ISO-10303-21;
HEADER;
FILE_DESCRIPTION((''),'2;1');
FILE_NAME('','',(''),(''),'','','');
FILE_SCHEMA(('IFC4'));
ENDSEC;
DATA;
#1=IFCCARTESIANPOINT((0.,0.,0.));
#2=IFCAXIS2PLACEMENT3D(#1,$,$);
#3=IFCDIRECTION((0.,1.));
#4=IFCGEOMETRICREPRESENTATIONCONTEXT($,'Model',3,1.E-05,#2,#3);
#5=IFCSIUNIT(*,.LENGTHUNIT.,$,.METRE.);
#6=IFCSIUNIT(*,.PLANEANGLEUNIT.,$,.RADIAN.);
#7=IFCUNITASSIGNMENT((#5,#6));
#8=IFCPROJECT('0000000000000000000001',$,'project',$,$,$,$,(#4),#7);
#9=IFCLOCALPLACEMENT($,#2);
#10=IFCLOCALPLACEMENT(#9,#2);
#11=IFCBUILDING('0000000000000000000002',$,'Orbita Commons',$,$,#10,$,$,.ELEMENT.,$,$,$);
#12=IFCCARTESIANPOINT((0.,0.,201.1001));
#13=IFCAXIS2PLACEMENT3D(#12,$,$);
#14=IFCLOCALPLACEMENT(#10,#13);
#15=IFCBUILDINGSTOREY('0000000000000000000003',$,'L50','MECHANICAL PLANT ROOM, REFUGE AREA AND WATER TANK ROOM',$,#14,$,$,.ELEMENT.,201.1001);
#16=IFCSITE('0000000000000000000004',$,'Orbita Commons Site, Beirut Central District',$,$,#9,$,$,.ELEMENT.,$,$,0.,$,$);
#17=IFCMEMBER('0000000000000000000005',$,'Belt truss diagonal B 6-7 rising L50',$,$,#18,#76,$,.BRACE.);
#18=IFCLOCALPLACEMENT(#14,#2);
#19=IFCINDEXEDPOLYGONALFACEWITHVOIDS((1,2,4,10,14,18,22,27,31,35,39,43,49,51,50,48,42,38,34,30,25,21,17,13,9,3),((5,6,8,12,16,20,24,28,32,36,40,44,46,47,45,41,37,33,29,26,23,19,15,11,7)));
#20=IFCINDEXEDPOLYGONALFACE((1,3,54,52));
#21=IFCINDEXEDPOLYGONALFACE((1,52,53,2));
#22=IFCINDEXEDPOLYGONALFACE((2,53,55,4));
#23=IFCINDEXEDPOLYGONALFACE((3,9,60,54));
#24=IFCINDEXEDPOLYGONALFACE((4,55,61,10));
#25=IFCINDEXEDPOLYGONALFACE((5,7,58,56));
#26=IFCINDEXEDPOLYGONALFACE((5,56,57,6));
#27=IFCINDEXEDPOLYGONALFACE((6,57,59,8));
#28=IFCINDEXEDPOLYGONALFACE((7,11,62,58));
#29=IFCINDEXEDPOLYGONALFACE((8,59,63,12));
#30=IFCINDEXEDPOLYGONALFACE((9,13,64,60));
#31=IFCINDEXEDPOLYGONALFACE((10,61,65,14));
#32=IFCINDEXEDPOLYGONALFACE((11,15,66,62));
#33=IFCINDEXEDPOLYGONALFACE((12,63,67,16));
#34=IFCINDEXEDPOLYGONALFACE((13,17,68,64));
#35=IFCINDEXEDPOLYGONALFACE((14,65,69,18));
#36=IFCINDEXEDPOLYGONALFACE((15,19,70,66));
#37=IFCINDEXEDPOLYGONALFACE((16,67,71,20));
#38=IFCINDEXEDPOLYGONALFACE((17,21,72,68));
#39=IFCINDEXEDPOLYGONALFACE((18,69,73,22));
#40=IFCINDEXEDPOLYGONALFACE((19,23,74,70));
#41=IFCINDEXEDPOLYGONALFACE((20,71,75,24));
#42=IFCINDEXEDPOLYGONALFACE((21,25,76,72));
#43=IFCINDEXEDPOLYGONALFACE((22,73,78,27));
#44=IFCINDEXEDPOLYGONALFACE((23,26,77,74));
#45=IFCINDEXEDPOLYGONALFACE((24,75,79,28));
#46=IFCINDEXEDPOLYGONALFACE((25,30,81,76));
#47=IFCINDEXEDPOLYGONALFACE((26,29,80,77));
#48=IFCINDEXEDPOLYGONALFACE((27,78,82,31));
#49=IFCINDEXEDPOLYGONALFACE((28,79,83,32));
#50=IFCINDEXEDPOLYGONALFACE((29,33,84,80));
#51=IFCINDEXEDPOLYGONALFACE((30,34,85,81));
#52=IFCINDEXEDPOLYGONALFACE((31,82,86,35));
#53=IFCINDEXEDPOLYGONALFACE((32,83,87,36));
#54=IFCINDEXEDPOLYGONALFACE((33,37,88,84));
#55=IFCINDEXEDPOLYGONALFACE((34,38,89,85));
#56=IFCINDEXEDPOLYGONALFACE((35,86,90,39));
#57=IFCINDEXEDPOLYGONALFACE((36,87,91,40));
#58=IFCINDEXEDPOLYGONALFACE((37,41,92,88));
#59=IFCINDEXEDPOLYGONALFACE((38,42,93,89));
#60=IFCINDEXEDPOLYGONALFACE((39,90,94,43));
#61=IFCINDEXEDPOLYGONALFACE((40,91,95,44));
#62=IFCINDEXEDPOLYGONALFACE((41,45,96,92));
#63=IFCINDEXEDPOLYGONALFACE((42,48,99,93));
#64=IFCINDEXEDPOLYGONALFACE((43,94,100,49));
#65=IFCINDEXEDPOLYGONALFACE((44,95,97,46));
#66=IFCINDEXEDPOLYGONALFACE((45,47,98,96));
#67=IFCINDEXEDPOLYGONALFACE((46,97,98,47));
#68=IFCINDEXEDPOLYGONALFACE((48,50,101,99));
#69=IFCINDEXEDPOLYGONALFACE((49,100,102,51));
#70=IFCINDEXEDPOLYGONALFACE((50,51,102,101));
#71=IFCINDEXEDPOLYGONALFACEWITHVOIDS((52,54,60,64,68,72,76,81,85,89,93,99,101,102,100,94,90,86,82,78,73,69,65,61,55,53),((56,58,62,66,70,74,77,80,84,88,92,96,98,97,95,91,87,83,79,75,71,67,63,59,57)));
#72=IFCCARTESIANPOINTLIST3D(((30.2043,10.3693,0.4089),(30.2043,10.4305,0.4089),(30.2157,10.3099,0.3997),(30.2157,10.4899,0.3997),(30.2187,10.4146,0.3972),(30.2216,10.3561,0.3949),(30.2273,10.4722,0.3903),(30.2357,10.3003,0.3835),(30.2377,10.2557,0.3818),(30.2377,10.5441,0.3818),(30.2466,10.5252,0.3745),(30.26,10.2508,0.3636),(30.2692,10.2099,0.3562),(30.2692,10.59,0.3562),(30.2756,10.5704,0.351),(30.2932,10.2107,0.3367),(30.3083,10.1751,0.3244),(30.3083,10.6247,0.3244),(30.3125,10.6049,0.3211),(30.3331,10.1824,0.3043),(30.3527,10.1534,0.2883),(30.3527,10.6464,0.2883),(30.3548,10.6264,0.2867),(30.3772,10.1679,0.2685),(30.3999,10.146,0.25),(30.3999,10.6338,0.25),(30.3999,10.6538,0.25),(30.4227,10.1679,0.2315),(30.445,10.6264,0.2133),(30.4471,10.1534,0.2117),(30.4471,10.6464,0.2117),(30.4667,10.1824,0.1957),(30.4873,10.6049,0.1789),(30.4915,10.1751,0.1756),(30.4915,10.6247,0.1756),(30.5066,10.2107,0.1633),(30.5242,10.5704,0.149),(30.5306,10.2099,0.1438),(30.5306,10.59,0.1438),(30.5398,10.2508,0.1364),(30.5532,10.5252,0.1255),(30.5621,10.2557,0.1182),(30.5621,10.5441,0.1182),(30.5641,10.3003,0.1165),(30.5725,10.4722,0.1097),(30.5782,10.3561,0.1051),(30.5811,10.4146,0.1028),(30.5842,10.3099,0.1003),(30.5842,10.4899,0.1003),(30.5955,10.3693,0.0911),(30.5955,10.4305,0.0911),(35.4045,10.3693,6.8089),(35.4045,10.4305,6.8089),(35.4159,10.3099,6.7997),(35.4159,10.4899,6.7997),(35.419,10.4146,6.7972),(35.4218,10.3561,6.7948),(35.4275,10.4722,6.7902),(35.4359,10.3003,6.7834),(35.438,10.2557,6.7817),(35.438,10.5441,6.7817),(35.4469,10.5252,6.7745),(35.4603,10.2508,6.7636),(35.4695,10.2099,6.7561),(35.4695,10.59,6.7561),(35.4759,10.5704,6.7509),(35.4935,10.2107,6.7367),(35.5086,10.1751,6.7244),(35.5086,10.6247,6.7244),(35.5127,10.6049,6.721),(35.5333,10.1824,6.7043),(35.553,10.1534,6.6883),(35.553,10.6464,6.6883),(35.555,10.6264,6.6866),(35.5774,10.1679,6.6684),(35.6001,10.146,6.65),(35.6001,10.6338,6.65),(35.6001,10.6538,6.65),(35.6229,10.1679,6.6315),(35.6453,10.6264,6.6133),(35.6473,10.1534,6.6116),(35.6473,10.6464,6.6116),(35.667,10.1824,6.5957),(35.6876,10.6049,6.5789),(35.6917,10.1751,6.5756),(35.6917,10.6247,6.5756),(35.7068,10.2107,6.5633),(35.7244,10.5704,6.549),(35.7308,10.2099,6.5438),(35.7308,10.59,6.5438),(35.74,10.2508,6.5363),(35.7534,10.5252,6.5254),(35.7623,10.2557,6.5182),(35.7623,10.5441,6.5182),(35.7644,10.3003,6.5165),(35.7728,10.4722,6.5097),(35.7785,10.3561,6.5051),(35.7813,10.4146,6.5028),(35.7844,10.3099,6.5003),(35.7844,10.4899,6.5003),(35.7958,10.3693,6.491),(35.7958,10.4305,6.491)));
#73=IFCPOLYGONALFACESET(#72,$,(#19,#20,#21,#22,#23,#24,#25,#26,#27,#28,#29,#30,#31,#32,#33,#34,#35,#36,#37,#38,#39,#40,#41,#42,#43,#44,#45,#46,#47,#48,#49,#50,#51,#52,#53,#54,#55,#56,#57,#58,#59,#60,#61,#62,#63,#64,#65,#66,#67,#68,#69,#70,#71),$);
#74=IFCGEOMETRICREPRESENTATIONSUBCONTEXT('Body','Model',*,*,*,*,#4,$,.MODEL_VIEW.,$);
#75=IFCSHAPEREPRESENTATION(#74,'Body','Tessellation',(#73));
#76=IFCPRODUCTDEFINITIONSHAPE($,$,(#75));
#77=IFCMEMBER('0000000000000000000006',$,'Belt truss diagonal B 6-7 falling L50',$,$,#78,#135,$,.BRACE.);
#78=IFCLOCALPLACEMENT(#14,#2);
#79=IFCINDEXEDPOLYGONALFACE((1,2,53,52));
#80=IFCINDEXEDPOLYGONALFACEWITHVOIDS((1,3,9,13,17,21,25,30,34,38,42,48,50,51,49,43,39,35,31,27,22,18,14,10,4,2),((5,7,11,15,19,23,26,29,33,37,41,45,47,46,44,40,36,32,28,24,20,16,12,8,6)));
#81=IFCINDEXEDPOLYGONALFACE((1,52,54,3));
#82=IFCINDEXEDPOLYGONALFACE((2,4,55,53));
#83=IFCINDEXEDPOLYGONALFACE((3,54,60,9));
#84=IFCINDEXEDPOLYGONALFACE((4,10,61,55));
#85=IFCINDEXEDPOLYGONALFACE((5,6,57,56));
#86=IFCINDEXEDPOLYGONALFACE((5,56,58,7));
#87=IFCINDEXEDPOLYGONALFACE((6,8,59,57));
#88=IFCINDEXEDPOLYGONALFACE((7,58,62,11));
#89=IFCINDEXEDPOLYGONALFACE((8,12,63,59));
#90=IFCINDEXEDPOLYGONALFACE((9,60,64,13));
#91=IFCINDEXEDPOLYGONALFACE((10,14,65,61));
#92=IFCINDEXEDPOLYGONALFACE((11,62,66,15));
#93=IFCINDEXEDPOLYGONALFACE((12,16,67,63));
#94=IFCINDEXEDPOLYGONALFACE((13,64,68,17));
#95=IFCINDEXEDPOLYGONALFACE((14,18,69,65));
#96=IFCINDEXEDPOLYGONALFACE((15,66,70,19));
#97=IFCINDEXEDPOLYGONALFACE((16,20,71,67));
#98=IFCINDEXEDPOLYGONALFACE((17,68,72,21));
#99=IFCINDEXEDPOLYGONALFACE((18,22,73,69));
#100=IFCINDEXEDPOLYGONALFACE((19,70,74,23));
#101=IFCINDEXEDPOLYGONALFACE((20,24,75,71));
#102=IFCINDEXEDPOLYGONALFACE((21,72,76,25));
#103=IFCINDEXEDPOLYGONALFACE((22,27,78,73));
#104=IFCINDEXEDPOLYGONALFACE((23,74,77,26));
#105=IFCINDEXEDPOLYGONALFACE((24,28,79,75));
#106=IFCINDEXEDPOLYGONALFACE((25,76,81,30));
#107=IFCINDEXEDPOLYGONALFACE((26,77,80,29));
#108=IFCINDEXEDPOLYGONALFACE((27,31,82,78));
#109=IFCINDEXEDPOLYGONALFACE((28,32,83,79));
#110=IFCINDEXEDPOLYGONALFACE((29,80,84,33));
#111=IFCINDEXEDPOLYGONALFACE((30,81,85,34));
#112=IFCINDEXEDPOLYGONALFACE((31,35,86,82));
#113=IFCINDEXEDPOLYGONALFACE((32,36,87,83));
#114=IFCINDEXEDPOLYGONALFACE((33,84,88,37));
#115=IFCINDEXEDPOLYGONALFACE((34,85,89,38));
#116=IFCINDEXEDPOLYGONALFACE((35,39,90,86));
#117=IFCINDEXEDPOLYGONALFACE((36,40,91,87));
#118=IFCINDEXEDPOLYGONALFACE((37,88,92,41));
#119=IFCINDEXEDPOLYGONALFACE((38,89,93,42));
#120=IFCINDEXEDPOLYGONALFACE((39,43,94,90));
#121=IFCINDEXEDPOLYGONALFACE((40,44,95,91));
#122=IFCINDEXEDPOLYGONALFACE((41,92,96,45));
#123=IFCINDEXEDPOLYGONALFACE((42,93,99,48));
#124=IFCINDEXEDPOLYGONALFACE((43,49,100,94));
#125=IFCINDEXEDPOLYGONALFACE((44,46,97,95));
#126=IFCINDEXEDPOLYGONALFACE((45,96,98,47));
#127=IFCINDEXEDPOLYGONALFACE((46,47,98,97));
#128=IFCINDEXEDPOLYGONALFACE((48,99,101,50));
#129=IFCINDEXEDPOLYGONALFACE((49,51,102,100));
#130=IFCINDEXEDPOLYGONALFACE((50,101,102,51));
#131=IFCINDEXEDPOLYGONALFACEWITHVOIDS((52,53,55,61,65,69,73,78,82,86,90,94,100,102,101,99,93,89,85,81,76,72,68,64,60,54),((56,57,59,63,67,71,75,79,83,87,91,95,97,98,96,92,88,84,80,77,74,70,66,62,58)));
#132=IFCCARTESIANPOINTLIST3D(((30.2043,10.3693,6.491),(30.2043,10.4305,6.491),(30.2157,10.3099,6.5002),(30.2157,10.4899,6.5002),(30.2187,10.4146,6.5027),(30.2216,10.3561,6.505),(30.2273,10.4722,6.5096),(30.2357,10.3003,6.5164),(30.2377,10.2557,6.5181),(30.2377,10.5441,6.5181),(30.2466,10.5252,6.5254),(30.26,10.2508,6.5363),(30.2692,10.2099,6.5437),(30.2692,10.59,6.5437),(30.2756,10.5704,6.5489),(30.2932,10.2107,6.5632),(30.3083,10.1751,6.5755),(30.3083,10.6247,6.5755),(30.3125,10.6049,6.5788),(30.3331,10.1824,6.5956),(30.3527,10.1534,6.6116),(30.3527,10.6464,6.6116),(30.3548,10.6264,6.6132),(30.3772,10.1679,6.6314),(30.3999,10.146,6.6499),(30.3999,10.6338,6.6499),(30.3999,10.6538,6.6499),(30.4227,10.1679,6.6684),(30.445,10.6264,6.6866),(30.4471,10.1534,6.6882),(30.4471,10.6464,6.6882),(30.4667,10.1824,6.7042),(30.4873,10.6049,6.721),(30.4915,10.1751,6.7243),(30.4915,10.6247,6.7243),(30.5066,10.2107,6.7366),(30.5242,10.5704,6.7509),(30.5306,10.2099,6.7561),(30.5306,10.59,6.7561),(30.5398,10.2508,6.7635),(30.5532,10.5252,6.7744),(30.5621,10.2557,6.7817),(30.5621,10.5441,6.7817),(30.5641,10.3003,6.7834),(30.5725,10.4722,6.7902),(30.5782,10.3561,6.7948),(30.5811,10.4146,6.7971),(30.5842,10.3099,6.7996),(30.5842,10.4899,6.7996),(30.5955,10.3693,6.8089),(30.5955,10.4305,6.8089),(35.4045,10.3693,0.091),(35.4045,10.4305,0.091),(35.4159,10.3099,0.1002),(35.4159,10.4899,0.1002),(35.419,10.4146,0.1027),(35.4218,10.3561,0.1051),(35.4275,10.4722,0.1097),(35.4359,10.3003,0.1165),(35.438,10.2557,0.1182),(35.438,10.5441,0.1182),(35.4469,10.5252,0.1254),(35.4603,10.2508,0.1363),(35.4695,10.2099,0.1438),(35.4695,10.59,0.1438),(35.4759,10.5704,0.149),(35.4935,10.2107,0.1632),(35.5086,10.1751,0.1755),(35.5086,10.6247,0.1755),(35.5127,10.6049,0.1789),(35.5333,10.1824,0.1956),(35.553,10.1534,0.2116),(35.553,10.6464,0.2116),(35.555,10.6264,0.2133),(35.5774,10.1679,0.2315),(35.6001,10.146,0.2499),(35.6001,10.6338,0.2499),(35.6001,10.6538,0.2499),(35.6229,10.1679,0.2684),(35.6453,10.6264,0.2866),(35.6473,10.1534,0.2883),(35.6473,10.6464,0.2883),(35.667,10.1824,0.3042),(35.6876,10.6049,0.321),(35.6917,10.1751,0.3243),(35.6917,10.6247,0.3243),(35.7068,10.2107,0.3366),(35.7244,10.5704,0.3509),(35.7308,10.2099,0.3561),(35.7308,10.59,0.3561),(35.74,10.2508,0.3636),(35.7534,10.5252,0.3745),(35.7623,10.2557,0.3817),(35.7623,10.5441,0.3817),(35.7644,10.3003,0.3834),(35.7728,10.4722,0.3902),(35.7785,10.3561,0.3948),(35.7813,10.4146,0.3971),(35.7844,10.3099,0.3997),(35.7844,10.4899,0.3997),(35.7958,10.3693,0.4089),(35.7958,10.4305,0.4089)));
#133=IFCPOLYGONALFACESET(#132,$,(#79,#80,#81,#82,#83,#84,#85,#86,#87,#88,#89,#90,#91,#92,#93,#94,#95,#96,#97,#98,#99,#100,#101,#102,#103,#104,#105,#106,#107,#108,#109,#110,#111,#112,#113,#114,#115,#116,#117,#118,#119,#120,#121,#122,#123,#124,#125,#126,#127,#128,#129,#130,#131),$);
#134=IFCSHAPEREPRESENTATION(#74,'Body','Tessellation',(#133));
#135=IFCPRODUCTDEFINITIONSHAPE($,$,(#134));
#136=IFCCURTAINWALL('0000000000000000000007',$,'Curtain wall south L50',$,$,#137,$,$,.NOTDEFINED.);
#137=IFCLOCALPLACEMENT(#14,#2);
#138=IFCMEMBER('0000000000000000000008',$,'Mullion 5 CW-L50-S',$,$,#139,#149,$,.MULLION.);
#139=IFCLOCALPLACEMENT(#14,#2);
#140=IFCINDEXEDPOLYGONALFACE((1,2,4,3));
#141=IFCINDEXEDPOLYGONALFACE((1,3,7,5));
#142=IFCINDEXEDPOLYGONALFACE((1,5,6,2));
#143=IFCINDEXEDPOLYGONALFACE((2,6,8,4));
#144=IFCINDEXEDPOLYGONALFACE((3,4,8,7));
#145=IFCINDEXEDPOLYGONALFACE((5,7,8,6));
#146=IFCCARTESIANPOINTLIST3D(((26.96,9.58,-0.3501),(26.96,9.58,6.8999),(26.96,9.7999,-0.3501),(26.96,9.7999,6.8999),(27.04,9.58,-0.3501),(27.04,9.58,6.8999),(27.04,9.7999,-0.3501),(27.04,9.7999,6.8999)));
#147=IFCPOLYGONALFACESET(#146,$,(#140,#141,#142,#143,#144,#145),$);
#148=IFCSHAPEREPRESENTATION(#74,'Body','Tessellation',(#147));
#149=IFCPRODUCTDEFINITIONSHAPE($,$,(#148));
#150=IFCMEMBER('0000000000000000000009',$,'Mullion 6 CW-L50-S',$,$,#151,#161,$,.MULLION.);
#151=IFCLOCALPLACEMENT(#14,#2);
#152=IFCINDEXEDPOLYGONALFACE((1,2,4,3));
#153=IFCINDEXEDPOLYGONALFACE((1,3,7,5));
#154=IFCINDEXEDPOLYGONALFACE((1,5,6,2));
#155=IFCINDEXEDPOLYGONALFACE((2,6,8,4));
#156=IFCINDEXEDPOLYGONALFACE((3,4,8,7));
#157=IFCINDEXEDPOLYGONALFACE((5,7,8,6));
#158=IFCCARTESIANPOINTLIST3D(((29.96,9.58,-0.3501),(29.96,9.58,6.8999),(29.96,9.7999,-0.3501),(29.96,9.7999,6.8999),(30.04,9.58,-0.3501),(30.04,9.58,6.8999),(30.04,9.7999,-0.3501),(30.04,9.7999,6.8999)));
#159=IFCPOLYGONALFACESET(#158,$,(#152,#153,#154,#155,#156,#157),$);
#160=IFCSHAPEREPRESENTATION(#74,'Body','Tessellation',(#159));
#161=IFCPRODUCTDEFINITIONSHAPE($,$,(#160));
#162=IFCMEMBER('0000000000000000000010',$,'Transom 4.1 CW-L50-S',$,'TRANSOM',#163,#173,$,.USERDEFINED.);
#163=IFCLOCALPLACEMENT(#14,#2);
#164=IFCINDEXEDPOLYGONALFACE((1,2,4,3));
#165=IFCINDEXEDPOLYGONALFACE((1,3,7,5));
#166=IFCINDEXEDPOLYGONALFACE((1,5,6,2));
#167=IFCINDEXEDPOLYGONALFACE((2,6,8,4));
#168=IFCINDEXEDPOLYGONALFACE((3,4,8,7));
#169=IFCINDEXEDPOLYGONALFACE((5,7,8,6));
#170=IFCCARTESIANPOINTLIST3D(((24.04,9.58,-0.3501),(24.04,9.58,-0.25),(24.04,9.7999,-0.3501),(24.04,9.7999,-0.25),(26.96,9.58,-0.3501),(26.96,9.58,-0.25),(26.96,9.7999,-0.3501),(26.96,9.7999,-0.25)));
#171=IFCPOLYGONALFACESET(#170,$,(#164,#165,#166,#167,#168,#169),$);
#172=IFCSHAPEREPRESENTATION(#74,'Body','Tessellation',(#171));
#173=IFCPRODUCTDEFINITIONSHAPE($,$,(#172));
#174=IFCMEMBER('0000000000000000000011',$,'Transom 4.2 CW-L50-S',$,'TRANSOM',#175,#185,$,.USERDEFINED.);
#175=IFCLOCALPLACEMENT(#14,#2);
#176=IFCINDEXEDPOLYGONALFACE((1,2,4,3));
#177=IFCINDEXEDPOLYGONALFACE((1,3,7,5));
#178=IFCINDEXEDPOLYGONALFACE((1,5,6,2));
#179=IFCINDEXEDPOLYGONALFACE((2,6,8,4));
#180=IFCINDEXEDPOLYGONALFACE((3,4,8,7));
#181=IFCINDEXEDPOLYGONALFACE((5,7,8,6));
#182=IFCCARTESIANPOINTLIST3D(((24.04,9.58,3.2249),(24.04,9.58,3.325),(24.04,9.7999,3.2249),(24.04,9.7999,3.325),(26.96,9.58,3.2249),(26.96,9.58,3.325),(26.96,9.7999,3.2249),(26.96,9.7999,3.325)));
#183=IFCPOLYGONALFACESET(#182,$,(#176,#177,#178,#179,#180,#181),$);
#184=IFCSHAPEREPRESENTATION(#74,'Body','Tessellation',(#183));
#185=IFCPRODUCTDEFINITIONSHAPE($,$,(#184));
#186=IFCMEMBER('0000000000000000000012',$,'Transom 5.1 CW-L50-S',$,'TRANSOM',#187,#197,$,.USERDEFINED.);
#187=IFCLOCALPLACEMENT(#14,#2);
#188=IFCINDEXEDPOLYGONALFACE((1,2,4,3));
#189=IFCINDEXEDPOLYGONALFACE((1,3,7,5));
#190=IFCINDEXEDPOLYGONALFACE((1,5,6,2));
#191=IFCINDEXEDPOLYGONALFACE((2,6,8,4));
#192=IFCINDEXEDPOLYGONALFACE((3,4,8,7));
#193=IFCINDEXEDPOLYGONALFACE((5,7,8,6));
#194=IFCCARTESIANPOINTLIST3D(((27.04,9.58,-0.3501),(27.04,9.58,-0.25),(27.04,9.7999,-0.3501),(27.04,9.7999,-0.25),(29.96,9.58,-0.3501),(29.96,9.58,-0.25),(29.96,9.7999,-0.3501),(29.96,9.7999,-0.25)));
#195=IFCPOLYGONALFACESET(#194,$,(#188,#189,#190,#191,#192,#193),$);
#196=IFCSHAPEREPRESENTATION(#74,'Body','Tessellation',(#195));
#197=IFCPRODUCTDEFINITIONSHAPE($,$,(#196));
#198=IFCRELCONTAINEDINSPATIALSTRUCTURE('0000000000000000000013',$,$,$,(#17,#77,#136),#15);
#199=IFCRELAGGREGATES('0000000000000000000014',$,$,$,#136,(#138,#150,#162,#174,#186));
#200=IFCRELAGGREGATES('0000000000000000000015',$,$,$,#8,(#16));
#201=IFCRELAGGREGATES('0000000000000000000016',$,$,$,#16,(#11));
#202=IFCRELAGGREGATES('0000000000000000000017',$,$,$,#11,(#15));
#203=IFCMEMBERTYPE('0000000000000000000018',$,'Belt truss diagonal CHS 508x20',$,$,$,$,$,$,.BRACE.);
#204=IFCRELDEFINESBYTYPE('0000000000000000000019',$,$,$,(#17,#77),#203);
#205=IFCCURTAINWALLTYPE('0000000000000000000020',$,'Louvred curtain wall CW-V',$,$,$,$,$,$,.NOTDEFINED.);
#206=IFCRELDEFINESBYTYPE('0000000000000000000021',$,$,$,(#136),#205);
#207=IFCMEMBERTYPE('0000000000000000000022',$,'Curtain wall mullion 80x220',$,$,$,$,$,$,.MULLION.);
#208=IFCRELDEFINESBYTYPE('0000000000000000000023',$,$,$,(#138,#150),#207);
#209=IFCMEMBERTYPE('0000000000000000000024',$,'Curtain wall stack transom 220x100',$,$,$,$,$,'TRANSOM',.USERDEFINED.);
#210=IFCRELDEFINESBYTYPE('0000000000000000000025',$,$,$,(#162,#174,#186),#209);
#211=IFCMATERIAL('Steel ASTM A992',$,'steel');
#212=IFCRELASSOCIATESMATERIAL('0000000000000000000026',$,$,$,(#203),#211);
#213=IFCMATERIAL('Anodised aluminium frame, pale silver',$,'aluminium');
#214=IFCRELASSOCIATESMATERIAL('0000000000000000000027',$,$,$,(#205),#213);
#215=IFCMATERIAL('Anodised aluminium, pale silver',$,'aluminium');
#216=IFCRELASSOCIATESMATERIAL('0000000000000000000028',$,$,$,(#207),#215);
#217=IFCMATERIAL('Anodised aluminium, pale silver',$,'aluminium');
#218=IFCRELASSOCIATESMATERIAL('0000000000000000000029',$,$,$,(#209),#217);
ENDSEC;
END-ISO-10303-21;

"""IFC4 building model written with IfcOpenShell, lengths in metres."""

from ifc_helpers import new_model, si_unit, direction, frame, origin, origin_2d, place, context, subcontext, project, spatial, rectangle, hollow_circle, extrude, material, material_profile, profile_set, type_object, element, aggregate, save


model = new_model("IFC4")

# Units and contexts
model_context = context("Model", 3, precision=1e-05, world=origin(), true_north=direction((0.0, 1.0)))
body_context = subcontext(model_context, "Body", "Model", "MODEL_VIEW")
ifc_project = project(units=[si_unit("LENGTHUNIT", "METRE"), si_unit("PLANEANGLEUNIT", "RADIAN")], contexts=[model_context])

# Site, building, storey
site_placement = place(None, origin())
site = spatial("IfcSite", under=ifc_project, at=site_placement, Name="Orbita Commons Site, Beirut Central District", CompositionType="ELEMENT", RefElevation=0.0)
building_placement = place(site_placement, origin())
building = spatial("IfcBuilding", under=site, at=building_placement, Name="Orbita Commons", CompositionType="ELEMENT")
storey_placement = place(building_placement, frame((0.0, 0.0, 201.1001)))
storey = spatial("IfcBuildingStorey", under=building, at=storey_placement, Name="L50", Description="MECHANICAL PLANT ROOM, REFUGE AREA AND WATER TANK ROOM", CompositionType="ELEMENT", Elevation=201.1001)

# Members
ifc_material_1 = material(Name="Steel ASTM A992", Category="steel")
ifc_material_profile_1 = material_profile(ifc_material_1, hollow_circle(Radius=0.2539, WallThickness=0.02, at=origin_2d()), Name="CHS 508x20")
ifc_profile_set_1 = profile_set([ifc_material_profile_1], Name="Steel ASTM A992")
member_type_1 = type_object("IfcMemberType", Name="Belt truss diagonal CHS 508x20", PredefinedType="BRACE", material=ifc_profile_set_1)
for number, where, z_axis, x_axis, name in (
    (1, (30.3999, 10.3999, 0.25), (0.630613, 0.0, 0.776098), (0.0, 1.0, 0.0), "Belt truss diagonal B 6-7 rising L50"),
    (2, (30.3999, 10.3999, 6.6499), (0.630613, 0.0, -0.776098), (0.0, 1.0, 0.0), "Belt truss diagonal B 6-7 falling L50"),
):
    element("IfcMember", number, at=place(storey_placement, frame(where, z_axis=z_axis, x_axis=x_axis)), inside=storey, type_object=member_type_1, Name=name, PredefinedType="BRACE", context=body_context, shape_type="SweptSolid", body=[
        extrude(hollow_circle(Radius=0.2539, WallThickness=0.02, at=origin_2d()), origin(), (0.0, 0.0, 1.0), 8.2463),
    ])

# Curtain wall, members
ifc_material_2 = material(Name="Anodised aluminium frame, pale silver", Category="aluminium")
curtain_wall_type = type_object("IfcCurtainWallType", Name="Louvred curtain wall CW-V", PredefinedType="NOTDEFINED", material=ifc_material_2)
curtain_wall_placement = place(storey_placement, origin())
curtain_wall = element("IfcCurtainWall", 3, at=curtain_wall_placement, inside=storey, type_object=curtain_wall_type, Name="Curtain wall south L50", PredefinedType="NOTDEFINED")
ifc_material_3 = material(Name="Anodised aluminium, pale silver", Category="aluminium")
ifc_material_profile_2 = material_profile(ifc_material_3, rectangle(XDim=0.0801, YDim=0.22, at=origin_2d()), Name="AL 80x220")
ifc_profile_set_2 = profile_set([ifc_material_profile_2], Name="Anodised aluminium, pale silver")
member_type_2 = type_object("IfcMemberType", Name="Curtain wall mullion 80x220", PredefinedType="MULLION", material=ifc_profile_set_2)
member_1_placement = place(storey_placement, frame((27.0, 9.6899, -0.3501), z_axis=(0.0, 0.0, 1.0), x_axis=(1.0, 0.0, 0.0)))
member_1 = element("IfcMember", 4, at=member_1_placement, type_object=member_type_2, Name="Mullion 5 CW-L50-S", PredefinedType="MULLION", context=body_context, shape_type="SweptSolid", body=[
    extrude(rectangle(XDim=0.0801, YDim=0.22, at=origin_2d()), origin(), (0.0, 0.0, 1.0), 7.25),
])
member_2_placement = place(storey_placement, frame((30.0, 9.6899, -0.3501), z_axis=(0.0, 0.0, 1.0), x_axis=(1.0, 0.0, 0.0)))
member_2 = element("IfcMember", 5, at=member_2_placement, type_object=member_type_2, Name="Mullion 6 CW-L50-S", PredefinedType="MULLION", context=body_context, shape_type="SweptSolid", body=[
    extrude(rectangle(XDim=0.0801, YDim=0.22, at=origin_2d()), origin(), (0.0, 0.0, 1.0), 7.25),
])
ifc_material_4 = material(Name="Anodised aluminium, pale silver", Category="aluminium")
ifc_material_profile_3 = material_profile(ifc_material_4, rectangle(XDim=0.22, YDim=0.1001, at=origin_2d()), Name="AL 220x100")
ifc_profile_set_3 = profile_set([ifc_material_profile_3], Name="Anodised aluminium, pale silver")
member_type_3 = type_object("IfcMemberType", Name="Curtain wall stack transom 220x100", ElementType="TRANSOM", PredefinedType="USERDEFINED", material=ifc_profile_set_3)
member_3_placement = place(storey_placement, frame((24.04, 9.6899, -0.3), z_axis=(1.0, 0.0, 0.0), x_axis=(0.0, 1.0, 0.0)))
member_3 = element("IfcMember", 6, at=member_3_placement, type_object=member_type_3, Name="Transom 4.1 CW-L50-S", ObjectType="TRANSOM", PredefinedType="USERDEFINED", context=body_context, shape_type="SweptSolid", body=[
    extrude(rectangle(XDim=0.22, YDim=0.1001, at=origin_2d()), origin(), (0.0, 0.0, 1.0), 2.9199),
])
member_4_placement = place(storey_placement, frame((24.04, 9.6899, 3.2749), z_axis=(1.0, 0.0, 0.0), x_axis=(0.0, 1.0, 0.0)))
member_4 = element("IfcMember", 7, at=member_4_placement, type_object=member_type_3, Name="Transom 4.2 CW-L50-S", ObjectType="TRANSOM", PredefinedType="USERDEFINED", context=body_context, shape_type="SweptSolid", body=[
    extrude(rectangle(XDim=0.22, YDim=0.1001, at=origin_2d()), origin(), (0.0, 0.0, 1.0), 2.9199),
])
member_5_placement = place(storey_placement, frame((27.04, 9.6899, -0.3), z_axis=(1.0, 0.0, 0.0), x_axis=(0.0, 1.0, 0.0)))
member_5 = element("IfcMember", 8, at=member_5_placement, type_object=member_type_3, Name="Transom 5.1 CW-L50-S", ObjectType="TRANSOM", PredefinedType="USERDEFINED", context=body_context, shape_type="SweptSolid", body=[
    extrude(rectangle(XDim=0.22, YDim=0.1001, at=origin_2d()), origin(), (0.0, 0.0, 1.0), 2.9199),
])

aggregate(curtain_wall, [member_1, member_2, member_3, member_4, member_5])

save(model, "model.ifc")
